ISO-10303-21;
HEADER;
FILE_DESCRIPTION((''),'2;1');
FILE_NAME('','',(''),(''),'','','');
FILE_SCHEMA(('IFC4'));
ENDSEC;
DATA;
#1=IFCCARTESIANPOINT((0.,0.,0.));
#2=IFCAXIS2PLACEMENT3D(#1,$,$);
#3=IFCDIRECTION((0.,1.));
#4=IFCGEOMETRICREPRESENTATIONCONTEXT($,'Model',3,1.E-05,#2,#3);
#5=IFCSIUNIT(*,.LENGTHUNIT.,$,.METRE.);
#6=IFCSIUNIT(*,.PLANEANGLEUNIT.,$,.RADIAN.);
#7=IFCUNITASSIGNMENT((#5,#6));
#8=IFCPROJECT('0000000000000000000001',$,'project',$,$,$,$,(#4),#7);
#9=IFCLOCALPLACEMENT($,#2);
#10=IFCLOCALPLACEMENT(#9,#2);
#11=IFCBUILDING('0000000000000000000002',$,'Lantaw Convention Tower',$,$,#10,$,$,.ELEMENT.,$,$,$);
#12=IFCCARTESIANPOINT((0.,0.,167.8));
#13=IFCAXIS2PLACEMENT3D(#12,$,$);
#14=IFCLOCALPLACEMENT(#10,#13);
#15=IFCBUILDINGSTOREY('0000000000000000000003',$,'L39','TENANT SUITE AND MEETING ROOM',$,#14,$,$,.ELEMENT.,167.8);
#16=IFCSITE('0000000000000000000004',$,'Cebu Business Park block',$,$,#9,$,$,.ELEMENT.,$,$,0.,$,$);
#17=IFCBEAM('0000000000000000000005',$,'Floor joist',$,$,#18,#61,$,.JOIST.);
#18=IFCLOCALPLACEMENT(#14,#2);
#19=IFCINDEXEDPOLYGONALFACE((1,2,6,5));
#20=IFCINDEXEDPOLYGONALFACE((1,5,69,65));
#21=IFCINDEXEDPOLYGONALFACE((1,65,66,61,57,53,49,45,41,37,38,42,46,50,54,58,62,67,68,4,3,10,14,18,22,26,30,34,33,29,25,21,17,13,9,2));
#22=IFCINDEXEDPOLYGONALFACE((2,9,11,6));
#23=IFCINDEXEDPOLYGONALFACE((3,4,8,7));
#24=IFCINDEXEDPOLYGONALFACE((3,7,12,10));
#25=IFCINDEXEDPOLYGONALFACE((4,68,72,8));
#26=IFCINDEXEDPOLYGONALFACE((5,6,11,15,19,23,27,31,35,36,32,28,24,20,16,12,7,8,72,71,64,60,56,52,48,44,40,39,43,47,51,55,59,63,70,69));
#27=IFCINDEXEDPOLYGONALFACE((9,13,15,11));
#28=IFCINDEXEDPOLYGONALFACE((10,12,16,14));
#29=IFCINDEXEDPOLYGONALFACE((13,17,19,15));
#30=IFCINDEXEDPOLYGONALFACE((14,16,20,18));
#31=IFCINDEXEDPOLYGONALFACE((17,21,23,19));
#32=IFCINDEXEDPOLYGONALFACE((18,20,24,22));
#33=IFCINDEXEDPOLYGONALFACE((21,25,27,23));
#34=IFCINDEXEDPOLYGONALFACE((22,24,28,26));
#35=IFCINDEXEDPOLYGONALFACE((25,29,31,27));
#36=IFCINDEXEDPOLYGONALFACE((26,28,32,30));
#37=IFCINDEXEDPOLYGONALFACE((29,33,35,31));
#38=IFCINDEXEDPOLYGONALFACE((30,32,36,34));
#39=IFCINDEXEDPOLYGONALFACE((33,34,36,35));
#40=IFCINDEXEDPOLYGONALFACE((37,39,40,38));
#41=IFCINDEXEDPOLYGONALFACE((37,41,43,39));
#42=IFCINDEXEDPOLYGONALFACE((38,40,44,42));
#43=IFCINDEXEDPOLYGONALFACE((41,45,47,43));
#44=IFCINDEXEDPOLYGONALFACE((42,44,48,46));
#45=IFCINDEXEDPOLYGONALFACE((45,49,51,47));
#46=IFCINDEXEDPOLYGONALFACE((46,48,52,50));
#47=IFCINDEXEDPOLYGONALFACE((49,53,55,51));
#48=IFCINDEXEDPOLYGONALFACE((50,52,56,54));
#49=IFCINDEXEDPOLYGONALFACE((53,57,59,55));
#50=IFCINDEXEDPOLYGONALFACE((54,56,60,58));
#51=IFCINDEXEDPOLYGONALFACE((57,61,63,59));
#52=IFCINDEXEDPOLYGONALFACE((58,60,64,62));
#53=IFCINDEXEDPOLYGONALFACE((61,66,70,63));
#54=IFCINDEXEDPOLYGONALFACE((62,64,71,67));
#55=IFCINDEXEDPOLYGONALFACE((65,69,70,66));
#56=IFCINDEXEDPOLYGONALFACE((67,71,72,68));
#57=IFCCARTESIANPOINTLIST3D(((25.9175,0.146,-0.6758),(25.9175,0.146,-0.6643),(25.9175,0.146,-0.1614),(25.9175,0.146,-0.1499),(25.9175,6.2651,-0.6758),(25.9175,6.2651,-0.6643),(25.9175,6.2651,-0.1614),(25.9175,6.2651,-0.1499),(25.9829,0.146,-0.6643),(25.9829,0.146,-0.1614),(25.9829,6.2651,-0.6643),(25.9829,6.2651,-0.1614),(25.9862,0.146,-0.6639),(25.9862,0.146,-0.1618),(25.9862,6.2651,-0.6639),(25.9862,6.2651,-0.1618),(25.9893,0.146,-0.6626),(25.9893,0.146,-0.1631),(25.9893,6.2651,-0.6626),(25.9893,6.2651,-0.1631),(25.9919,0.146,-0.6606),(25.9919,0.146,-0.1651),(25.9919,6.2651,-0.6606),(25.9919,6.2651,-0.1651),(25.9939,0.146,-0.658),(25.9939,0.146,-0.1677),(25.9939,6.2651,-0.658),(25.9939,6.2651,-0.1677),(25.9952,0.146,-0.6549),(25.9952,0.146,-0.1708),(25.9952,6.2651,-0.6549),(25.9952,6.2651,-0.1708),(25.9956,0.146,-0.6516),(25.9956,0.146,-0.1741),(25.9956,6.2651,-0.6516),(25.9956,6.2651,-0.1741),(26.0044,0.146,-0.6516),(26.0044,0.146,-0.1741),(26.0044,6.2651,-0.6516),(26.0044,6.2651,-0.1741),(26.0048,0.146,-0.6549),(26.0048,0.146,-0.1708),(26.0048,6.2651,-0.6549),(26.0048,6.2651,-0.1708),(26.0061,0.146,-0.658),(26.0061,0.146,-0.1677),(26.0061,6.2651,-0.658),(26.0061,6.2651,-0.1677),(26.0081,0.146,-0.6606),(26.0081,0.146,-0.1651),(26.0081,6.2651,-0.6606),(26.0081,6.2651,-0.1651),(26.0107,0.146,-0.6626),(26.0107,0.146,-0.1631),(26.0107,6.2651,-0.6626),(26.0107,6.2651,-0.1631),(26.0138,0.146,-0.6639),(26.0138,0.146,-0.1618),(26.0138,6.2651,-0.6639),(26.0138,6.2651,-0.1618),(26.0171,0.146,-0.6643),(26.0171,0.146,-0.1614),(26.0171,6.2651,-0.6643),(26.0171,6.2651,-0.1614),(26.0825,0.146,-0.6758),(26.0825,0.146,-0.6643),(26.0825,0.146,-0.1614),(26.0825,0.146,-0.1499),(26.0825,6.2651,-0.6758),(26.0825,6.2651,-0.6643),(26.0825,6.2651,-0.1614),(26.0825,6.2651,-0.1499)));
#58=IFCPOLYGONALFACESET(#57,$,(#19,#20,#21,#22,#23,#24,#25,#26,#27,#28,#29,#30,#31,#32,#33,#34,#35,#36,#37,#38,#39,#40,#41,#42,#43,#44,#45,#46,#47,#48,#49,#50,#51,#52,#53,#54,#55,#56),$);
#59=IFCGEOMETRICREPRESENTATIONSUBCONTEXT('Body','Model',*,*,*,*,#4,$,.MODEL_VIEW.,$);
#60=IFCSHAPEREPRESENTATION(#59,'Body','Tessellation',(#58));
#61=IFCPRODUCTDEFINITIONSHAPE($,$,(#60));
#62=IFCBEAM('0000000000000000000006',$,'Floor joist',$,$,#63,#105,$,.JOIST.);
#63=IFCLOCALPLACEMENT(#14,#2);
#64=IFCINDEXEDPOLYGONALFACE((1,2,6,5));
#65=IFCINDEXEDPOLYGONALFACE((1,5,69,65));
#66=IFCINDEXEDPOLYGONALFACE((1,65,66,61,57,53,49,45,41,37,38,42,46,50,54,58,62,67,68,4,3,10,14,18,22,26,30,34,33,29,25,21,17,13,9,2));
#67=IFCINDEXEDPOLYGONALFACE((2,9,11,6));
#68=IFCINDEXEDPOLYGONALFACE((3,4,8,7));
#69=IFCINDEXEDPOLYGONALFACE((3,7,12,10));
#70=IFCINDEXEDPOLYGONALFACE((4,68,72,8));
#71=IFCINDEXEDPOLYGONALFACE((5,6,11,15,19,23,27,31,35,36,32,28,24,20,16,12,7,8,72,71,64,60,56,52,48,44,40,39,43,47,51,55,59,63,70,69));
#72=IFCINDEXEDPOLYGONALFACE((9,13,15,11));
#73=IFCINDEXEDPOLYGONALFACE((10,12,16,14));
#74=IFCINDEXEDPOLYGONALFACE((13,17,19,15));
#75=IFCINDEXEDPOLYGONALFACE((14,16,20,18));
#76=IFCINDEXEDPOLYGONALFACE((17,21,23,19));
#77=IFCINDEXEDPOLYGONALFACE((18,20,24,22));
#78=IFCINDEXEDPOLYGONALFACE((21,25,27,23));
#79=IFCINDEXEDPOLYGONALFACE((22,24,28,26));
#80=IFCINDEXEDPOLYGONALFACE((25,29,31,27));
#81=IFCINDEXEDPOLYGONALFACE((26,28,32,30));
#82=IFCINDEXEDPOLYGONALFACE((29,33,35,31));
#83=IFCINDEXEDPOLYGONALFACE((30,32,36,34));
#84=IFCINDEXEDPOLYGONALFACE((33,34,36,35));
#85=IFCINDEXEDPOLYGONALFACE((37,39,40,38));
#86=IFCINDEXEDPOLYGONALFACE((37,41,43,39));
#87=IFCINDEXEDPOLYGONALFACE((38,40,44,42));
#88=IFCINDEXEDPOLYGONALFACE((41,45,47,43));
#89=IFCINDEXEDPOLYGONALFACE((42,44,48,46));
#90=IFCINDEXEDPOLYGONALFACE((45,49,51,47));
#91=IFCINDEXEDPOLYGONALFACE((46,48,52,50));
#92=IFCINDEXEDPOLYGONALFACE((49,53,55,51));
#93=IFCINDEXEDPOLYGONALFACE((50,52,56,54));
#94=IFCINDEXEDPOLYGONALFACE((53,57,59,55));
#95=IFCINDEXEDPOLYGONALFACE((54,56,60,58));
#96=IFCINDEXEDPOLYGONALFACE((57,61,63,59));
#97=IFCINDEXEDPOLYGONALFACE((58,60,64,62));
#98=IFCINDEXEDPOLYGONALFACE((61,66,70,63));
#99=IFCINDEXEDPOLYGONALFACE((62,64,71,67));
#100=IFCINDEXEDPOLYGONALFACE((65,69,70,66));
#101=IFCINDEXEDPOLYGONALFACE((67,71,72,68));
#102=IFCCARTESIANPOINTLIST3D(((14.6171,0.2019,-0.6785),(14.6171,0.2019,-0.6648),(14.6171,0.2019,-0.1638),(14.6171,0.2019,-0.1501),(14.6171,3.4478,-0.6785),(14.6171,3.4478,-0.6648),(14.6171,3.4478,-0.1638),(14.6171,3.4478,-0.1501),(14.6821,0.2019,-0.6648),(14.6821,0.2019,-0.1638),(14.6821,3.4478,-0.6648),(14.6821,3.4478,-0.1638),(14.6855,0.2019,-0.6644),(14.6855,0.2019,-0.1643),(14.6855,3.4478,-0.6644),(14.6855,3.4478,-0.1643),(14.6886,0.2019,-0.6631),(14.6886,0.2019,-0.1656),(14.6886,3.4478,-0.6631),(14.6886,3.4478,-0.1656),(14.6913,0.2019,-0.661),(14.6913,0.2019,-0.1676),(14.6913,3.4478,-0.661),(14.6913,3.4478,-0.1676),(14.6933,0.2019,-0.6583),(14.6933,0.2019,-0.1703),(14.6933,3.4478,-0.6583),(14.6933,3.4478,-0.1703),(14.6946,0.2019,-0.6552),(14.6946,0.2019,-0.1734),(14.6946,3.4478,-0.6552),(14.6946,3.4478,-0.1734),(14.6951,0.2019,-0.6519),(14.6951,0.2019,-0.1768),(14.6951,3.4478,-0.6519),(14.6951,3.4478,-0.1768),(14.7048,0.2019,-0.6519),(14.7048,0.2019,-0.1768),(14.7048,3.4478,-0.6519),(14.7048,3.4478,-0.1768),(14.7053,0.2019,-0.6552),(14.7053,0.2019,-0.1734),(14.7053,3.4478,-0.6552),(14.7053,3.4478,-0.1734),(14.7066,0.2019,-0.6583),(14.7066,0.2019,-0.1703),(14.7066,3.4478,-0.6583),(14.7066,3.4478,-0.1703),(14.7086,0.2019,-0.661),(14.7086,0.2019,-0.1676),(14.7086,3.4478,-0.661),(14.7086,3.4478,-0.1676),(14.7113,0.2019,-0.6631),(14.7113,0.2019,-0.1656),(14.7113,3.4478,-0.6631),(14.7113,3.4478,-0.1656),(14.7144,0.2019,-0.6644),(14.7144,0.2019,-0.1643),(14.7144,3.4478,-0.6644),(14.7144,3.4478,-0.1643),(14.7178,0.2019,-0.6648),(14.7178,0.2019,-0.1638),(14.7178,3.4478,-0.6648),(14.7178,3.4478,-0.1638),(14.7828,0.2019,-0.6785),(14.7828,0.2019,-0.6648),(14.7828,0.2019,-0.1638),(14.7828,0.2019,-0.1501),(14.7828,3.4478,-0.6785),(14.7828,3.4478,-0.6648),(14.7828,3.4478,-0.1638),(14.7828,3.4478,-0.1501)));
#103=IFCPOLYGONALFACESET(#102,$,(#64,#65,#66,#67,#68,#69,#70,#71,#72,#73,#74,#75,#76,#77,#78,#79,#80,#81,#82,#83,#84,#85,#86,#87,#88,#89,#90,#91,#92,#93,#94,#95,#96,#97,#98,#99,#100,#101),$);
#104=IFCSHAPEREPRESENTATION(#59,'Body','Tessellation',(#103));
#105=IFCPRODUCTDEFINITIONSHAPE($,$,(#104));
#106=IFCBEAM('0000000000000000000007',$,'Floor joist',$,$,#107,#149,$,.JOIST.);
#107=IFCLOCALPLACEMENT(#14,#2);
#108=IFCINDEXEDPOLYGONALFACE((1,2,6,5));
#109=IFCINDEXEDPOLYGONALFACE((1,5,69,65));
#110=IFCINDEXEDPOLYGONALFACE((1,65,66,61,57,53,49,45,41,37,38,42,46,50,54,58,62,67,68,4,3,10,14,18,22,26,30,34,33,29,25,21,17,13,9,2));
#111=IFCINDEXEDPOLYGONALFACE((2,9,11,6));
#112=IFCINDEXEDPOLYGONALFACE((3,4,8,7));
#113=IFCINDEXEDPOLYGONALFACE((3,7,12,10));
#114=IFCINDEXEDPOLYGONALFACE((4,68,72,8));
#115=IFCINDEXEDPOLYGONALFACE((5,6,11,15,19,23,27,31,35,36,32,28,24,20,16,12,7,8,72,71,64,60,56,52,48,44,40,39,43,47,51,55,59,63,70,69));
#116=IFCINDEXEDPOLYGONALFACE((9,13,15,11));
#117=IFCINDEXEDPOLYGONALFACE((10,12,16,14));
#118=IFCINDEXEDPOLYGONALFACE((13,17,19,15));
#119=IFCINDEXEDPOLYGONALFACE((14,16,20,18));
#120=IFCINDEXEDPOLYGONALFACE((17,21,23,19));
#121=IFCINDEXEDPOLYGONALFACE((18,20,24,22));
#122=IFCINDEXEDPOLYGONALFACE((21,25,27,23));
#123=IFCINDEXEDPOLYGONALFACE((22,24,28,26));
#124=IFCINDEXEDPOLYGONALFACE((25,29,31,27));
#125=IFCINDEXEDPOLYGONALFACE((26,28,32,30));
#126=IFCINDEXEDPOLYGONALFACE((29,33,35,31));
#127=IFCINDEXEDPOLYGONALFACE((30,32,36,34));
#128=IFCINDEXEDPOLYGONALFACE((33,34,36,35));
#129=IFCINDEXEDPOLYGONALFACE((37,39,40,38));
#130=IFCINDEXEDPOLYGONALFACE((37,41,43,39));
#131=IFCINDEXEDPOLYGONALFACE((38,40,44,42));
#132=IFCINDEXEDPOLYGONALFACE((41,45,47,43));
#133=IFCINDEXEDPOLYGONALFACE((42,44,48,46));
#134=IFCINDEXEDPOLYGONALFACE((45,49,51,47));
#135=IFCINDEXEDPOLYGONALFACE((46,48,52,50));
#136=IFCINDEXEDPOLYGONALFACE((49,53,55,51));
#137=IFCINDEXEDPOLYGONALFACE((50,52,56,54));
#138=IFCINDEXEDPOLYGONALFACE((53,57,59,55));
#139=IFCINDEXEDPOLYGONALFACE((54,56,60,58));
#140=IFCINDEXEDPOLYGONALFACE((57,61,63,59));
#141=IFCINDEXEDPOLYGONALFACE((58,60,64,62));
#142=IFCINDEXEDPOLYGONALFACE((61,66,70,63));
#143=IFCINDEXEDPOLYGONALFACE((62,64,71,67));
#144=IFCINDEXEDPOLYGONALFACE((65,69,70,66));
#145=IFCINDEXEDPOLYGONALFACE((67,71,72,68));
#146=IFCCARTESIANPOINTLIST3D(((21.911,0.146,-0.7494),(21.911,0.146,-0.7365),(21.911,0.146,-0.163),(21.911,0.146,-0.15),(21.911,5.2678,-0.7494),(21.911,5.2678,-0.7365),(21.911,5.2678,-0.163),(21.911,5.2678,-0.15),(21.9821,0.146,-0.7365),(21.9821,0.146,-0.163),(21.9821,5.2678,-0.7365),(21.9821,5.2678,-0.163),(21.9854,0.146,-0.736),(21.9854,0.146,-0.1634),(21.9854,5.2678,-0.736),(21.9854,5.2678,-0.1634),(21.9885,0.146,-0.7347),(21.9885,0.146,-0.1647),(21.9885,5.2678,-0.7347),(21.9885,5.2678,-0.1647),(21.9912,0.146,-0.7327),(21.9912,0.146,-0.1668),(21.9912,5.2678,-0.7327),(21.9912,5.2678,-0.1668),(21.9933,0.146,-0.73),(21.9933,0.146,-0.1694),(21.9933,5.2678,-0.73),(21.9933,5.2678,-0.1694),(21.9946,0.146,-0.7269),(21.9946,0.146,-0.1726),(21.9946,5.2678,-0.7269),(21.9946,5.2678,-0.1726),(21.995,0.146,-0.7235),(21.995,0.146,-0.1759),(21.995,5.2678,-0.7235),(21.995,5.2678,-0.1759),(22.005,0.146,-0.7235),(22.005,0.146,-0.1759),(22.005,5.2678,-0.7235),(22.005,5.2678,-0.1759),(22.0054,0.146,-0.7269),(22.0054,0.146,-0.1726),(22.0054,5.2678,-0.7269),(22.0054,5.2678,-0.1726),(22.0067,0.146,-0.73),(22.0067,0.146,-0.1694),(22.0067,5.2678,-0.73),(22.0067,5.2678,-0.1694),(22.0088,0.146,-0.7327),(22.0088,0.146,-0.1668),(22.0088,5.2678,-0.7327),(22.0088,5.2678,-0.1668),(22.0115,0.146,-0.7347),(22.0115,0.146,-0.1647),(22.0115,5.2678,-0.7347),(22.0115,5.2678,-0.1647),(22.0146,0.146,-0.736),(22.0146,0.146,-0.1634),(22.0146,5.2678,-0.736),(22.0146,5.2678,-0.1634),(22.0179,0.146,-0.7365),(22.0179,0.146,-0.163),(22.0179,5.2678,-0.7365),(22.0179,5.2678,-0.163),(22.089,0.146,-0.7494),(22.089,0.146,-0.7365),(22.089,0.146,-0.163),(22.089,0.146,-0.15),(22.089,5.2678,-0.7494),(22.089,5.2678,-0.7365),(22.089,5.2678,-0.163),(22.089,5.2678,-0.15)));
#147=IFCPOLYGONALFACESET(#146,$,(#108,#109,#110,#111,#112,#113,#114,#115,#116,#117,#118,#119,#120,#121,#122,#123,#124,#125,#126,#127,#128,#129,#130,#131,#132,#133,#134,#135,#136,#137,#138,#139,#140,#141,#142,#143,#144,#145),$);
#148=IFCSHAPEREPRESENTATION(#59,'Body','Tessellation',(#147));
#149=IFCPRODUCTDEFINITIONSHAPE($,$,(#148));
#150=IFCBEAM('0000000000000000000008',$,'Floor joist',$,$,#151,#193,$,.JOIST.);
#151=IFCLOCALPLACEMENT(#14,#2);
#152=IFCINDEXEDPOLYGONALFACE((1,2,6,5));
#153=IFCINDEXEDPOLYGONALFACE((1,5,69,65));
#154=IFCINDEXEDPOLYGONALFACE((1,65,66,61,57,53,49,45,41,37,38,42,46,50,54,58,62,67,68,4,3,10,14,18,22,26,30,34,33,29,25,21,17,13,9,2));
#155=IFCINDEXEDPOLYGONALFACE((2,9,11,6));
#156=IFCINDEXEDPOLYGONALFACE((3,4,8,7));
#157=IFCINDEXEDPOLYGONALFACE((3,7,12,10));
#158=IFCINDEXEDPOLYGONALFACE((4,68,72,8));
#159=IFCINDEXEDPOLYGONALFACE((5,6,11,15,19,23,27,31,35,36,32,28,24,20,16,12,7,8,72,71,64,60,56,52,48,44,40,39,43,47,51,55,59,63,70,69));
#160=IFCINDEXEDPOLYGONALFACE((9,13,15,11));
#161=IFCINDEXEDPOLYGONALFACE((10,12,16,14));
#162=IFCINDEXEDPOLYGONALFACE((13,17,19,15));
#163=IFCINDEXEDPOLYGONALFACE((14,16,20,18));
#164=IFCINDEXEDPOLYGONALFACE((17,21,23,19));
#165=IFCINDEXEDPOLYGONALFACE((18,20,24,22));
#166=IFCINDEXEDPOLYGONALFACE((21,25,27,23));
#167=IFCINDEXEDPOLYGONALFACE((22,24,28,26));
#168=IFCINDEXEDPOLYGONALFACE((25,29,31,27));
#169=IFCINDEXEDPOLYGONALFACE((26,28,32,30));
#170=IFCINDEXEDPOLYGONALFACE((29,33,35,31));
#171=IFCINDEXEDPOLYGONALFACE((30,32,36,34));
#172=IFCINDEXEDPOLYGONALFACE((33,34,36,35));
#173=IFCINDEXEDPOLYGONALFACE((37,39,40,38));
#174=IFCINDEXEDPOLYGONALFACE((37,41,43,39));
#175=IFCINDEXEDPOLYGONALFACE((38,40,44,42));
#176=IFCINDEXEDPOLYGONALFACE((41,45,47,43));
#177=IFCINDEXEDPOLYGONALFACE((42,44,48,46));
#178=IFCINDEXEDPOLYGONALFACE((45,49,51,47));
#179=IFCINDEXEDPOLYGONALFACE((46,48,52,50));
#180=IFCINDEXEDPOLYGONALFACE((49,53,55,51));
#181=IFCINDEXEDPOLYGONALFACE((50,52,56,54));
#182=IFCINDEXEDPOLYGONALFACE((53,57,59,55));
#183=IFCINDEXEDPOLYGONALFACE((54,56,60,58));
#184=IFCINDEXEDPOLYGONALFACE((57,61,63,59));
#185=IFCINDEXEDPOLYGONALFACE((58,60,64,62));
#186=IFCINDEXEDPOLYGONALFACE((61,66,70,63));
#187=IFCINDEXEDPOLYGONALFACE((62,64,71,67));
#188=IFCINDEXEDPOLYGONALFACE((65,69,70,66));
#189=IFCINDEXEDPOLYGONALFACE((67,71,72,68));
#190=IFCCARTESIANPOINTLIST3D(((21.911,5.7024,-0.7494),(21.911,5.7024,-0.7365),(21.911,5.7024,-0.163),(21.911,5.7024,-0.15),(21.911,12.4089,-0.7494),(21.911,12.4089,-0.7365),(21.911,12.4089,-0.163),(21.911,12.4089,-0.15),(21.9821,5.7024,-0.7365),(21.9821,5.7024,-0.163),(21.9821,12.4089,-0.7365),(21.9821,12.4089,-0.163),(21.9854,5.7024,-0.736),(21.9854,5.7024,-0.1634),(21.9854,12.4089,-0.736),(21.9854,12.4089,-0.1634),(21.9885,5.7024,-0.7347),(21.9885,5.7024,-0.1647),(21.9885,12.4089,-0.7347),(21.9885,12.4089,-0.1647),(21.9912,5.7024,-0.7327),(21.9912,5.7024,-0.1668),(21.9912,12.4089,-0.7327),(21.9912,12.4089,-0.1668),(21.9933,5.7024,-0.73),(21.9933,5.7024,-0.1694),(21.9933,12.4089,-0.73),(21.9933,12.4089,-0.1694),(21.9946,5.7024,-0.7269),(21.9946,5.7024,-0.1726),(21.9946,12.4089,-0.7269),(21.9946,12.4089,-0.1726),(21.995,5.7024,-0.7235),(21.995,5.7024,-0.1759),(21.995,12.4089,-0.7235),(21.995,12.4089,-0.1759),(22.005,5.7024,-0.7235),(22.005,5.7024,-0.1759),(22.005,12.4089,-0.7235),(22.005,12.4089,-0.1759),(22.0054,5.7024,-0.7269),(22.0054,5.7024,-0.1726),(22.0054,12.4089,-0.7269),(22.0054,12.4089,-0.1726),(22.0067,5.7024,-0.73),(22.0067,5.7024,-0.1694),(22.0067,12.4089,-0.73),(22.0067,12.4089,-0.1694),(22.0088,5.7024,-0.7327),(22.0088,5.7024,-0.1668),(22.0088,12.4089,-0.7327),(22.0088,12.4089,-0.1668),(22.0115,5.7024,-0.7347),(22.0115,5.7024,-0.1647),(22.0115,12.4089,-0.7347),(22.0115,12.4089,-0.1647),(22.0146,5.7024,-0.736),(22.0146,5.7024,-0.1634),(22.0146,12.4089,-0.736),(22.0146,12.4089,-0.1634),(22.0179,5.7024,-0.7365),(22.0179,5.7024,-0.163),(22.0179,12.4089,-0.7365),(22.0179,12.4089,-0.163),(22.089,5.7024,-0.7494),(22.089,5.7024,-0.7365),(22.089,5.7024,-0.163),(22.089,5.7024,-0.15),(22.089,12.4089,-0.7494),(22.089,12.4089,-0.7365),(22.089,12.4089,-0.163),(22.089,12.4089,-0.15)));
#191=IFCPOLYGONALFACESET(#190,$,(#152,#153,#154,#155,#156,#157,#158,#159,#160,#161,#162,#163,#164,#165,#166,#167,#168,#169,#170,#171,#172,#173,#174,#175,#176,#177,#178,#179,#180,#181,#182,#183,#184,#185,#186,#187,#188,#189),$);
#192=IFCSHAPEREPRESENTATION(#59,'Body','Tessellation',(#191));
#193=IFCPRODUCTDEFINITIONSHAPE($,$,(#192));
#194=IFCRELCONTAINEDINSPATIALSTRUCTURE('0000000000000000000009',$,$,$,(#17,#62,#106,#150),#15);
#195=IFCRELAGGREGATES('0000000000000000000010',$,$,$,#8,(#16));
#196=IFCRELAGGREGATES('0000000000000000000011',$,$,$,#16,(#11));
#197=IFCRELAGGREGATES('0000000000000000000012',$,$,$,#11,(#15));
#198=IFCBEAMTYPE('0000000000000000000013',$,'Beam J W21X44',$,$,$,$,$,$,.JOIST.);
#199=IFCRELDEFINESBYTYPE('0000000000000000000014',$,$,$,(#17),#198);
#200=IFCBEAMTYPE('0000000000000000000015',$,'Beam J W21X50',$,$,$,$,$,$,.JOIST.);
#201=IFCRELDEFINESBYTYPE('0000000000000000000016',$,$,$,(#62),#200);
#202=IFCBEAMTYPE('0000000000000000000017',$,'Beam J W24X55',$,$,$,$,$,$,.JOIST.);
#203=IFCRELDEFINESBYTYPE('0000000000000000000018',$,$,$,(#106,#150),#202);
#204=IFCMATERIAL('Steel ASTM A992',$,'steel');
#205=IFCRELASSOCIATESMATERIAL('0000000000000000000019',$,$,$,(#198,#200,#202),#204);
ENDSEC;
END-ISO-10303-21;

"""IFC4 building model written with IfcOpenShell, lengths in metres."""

from ifc_helpers import new_model, si_unit, direction, frame, origin, origin_2d, place, context, subcontext, project, spatial, i_section, extrude, material, material_profile, profile_set, type_object, element, save


model = new_model("IFC4")

# Units and contexts
model_context = context("Model", 3, precision=1e-05, world=origin(), true_north=direction((0.0, 1.0)))
body_context = subcontext(model_context, "Body", "Model", "MODEL_VIEW")
ifc_project = project(units=[si_unit("LENGTHUNIT", "METRE"), si_unit("PLANEANGLEUNIT", "RADIAN")], contexts=[model_context])

# Site, building, storey
site_placement = place(None, origin())
site = spatial("IfcSite", under=ifc_project, at=site_placement, Name="Cebu Business Park block", CompositionType="ELEMENT", RefElevation=0.0)
building_placement = place(site_placement, origin())
building = spatial("IfcBuilding", under=site, at=building_placement, Name="Lantaw Convention Tower", CompositionType="ELEMENT")
storey_placement = place(building_placement, frame((0.0, 0.0, 167.8)))
storey = spatial("IfcBuildingStorey", under=building, at=storey_placement, Name="L39", Description="TENANT SUITE AND MEETING ROOM", CompositionType="ELEMENT", Elevation=167.8)

# Beams
ifc_material_1 = material(Name="Steel ASTM A992", Category="steel")
ifc_material_profile_1 = material_profile(ifc_material_1, i_section(OverallWidth=0.165, OverallDepth=0.5259, WebThickness=0.0088, FlangeThickness=0.0115, FilletRadius=0.0127, at=origin_2d()), Name="W21X44")
ifc_profile_set_1 = profile_set([ifc_material_profile_1], Name="Steel ASTM A992")
beam_type_1 = type_object("IfcBeamType", Name="Beam J W21X44", PredefinedType="JOIST", material=ifc_profile_set_1)
beam_1_placement = place(storey_placement, frame((26.0, 0.146, -0.4128), z_axis=(0.0, 1.0, 0.0), x_axis=(-1.0, 0.0, 0.0)))
element("IfcBeam", 1, at=beam_1_placement, inside=storey, type_object=beam_type_1, Name="Floor joist", PredefinedType="JOIST", context=body_context, shape_type="SweptSolid", body=[
    extrude(i_section(OverallWidth=0.165, OverallDepth=0.5259, WebThickness=0.0088, FlangeThickness=0.0115, FilletRadius=0.0127, at=origin_2d()), origin(), (0.0, 0.0, 1.0), 6.1191),
])
ifc_material_profile_2 = material_profile(ifc_material_1, i_section(OverallWidth=0.1658, OverallDepth=0.5283, WebThickness=0.0098, FlangeThickness=0.0137, FilletRadius=0.0129, at=origin_2d()), Name="W21X50")
ifc_profile_set_2 = profile_set([ifc_material_profile_2], Name="Steel ASTM A992")
beam_type_2 = type_object("IfcBeamType", Name="Beam J W21X50", PredefinedType="JOIST", material=ifc_profile_set_2)
beam_2_placement = place(storey_placement, frame((14.7, 0.2019, -0.4143), z_axis=(0.0, 1.0, 0.0), x_axis=(-1.0, 0.0, 0.0)))
element("IfcBeam", 2, at=beam_2_placement, inside=storey, type_object=beam_type_2, Name="Floor joist", PredefinedType="JOIST", context=body_context, shape_type="SweptSolid", body=[
    extrude(i_section(OverallWidth=0.1658, OverallDepth=0.5283, WebThickness=0.0098, FlangeThickness=0.0137, FilletRadius=0.0129, at=origin_2d()), origin(), (0.0, 0.0, 1.0), 3.2458),
])
ifc_material_profile_3 = material_profile(ifc_material_1, i_section(OverallWidth=0.178, OverallDepth=0.5994, WebThickness=0.01, FlangeThickness=0.0129, FilletRadius=0.0129, at=origin_2d()), Name="W24X55")
ifc_profile_set_3 = profile_set([ifc_material_profile_3], Name="Steel ASTM A992")
beam_type_3 = type_object("IfcBeamType", Name="Beam J W24X55", PredefinedType="JOIST", material=ifc_profile_set_3)
beam_3_placement = place(storey_placement, frame((22.0, 0.146, -0.4497), z_axis=(0.0, 1.0, 0.0), x_axis=(-1.0, 0.0, 0.0)))
element("IfcBeam", 3, at=beam_3_placement, inside=storey, type_object=beam_type_3, Name="Floor joist", PredefinedType="JOIST", context=body_context, shape_type="SweptSolid", body=[
    extrude(i_section(OverallWidth=0.178, OverallDepth=0.5994, WebThickness=0.01, FlangeThickness=0.0129, FilletRadius=0.0129, at=origin_2d()), origin(), (0.0, 0.0, 1.0), 5.1218),
])
beam_4_placement = place(storey_placement, frame((22.0, 5.7024, -0.4497), z_axis=(0.0, 1.0, 0.0), x_axis=(-1.0, 0.0, 0.0)))
element("IfcBeam", 4, at=beam_4_placement, inside=storey, type_object=beam_type_3, Name="Floor joist", PredefinedType="JOIST", context=body_context, shape_type="SweptSolid", body=[
    extrude(i_section(OverallWidth=0.178, OverallDepth=0.5994, WebThickness=0.01, FlangeThickness=0.0129, FilletRadius=0.0129, at=origin_2d()), origin(), (0.0, 0.0, 1.0), 6.7065),
])

save(model, "model.ifc")
